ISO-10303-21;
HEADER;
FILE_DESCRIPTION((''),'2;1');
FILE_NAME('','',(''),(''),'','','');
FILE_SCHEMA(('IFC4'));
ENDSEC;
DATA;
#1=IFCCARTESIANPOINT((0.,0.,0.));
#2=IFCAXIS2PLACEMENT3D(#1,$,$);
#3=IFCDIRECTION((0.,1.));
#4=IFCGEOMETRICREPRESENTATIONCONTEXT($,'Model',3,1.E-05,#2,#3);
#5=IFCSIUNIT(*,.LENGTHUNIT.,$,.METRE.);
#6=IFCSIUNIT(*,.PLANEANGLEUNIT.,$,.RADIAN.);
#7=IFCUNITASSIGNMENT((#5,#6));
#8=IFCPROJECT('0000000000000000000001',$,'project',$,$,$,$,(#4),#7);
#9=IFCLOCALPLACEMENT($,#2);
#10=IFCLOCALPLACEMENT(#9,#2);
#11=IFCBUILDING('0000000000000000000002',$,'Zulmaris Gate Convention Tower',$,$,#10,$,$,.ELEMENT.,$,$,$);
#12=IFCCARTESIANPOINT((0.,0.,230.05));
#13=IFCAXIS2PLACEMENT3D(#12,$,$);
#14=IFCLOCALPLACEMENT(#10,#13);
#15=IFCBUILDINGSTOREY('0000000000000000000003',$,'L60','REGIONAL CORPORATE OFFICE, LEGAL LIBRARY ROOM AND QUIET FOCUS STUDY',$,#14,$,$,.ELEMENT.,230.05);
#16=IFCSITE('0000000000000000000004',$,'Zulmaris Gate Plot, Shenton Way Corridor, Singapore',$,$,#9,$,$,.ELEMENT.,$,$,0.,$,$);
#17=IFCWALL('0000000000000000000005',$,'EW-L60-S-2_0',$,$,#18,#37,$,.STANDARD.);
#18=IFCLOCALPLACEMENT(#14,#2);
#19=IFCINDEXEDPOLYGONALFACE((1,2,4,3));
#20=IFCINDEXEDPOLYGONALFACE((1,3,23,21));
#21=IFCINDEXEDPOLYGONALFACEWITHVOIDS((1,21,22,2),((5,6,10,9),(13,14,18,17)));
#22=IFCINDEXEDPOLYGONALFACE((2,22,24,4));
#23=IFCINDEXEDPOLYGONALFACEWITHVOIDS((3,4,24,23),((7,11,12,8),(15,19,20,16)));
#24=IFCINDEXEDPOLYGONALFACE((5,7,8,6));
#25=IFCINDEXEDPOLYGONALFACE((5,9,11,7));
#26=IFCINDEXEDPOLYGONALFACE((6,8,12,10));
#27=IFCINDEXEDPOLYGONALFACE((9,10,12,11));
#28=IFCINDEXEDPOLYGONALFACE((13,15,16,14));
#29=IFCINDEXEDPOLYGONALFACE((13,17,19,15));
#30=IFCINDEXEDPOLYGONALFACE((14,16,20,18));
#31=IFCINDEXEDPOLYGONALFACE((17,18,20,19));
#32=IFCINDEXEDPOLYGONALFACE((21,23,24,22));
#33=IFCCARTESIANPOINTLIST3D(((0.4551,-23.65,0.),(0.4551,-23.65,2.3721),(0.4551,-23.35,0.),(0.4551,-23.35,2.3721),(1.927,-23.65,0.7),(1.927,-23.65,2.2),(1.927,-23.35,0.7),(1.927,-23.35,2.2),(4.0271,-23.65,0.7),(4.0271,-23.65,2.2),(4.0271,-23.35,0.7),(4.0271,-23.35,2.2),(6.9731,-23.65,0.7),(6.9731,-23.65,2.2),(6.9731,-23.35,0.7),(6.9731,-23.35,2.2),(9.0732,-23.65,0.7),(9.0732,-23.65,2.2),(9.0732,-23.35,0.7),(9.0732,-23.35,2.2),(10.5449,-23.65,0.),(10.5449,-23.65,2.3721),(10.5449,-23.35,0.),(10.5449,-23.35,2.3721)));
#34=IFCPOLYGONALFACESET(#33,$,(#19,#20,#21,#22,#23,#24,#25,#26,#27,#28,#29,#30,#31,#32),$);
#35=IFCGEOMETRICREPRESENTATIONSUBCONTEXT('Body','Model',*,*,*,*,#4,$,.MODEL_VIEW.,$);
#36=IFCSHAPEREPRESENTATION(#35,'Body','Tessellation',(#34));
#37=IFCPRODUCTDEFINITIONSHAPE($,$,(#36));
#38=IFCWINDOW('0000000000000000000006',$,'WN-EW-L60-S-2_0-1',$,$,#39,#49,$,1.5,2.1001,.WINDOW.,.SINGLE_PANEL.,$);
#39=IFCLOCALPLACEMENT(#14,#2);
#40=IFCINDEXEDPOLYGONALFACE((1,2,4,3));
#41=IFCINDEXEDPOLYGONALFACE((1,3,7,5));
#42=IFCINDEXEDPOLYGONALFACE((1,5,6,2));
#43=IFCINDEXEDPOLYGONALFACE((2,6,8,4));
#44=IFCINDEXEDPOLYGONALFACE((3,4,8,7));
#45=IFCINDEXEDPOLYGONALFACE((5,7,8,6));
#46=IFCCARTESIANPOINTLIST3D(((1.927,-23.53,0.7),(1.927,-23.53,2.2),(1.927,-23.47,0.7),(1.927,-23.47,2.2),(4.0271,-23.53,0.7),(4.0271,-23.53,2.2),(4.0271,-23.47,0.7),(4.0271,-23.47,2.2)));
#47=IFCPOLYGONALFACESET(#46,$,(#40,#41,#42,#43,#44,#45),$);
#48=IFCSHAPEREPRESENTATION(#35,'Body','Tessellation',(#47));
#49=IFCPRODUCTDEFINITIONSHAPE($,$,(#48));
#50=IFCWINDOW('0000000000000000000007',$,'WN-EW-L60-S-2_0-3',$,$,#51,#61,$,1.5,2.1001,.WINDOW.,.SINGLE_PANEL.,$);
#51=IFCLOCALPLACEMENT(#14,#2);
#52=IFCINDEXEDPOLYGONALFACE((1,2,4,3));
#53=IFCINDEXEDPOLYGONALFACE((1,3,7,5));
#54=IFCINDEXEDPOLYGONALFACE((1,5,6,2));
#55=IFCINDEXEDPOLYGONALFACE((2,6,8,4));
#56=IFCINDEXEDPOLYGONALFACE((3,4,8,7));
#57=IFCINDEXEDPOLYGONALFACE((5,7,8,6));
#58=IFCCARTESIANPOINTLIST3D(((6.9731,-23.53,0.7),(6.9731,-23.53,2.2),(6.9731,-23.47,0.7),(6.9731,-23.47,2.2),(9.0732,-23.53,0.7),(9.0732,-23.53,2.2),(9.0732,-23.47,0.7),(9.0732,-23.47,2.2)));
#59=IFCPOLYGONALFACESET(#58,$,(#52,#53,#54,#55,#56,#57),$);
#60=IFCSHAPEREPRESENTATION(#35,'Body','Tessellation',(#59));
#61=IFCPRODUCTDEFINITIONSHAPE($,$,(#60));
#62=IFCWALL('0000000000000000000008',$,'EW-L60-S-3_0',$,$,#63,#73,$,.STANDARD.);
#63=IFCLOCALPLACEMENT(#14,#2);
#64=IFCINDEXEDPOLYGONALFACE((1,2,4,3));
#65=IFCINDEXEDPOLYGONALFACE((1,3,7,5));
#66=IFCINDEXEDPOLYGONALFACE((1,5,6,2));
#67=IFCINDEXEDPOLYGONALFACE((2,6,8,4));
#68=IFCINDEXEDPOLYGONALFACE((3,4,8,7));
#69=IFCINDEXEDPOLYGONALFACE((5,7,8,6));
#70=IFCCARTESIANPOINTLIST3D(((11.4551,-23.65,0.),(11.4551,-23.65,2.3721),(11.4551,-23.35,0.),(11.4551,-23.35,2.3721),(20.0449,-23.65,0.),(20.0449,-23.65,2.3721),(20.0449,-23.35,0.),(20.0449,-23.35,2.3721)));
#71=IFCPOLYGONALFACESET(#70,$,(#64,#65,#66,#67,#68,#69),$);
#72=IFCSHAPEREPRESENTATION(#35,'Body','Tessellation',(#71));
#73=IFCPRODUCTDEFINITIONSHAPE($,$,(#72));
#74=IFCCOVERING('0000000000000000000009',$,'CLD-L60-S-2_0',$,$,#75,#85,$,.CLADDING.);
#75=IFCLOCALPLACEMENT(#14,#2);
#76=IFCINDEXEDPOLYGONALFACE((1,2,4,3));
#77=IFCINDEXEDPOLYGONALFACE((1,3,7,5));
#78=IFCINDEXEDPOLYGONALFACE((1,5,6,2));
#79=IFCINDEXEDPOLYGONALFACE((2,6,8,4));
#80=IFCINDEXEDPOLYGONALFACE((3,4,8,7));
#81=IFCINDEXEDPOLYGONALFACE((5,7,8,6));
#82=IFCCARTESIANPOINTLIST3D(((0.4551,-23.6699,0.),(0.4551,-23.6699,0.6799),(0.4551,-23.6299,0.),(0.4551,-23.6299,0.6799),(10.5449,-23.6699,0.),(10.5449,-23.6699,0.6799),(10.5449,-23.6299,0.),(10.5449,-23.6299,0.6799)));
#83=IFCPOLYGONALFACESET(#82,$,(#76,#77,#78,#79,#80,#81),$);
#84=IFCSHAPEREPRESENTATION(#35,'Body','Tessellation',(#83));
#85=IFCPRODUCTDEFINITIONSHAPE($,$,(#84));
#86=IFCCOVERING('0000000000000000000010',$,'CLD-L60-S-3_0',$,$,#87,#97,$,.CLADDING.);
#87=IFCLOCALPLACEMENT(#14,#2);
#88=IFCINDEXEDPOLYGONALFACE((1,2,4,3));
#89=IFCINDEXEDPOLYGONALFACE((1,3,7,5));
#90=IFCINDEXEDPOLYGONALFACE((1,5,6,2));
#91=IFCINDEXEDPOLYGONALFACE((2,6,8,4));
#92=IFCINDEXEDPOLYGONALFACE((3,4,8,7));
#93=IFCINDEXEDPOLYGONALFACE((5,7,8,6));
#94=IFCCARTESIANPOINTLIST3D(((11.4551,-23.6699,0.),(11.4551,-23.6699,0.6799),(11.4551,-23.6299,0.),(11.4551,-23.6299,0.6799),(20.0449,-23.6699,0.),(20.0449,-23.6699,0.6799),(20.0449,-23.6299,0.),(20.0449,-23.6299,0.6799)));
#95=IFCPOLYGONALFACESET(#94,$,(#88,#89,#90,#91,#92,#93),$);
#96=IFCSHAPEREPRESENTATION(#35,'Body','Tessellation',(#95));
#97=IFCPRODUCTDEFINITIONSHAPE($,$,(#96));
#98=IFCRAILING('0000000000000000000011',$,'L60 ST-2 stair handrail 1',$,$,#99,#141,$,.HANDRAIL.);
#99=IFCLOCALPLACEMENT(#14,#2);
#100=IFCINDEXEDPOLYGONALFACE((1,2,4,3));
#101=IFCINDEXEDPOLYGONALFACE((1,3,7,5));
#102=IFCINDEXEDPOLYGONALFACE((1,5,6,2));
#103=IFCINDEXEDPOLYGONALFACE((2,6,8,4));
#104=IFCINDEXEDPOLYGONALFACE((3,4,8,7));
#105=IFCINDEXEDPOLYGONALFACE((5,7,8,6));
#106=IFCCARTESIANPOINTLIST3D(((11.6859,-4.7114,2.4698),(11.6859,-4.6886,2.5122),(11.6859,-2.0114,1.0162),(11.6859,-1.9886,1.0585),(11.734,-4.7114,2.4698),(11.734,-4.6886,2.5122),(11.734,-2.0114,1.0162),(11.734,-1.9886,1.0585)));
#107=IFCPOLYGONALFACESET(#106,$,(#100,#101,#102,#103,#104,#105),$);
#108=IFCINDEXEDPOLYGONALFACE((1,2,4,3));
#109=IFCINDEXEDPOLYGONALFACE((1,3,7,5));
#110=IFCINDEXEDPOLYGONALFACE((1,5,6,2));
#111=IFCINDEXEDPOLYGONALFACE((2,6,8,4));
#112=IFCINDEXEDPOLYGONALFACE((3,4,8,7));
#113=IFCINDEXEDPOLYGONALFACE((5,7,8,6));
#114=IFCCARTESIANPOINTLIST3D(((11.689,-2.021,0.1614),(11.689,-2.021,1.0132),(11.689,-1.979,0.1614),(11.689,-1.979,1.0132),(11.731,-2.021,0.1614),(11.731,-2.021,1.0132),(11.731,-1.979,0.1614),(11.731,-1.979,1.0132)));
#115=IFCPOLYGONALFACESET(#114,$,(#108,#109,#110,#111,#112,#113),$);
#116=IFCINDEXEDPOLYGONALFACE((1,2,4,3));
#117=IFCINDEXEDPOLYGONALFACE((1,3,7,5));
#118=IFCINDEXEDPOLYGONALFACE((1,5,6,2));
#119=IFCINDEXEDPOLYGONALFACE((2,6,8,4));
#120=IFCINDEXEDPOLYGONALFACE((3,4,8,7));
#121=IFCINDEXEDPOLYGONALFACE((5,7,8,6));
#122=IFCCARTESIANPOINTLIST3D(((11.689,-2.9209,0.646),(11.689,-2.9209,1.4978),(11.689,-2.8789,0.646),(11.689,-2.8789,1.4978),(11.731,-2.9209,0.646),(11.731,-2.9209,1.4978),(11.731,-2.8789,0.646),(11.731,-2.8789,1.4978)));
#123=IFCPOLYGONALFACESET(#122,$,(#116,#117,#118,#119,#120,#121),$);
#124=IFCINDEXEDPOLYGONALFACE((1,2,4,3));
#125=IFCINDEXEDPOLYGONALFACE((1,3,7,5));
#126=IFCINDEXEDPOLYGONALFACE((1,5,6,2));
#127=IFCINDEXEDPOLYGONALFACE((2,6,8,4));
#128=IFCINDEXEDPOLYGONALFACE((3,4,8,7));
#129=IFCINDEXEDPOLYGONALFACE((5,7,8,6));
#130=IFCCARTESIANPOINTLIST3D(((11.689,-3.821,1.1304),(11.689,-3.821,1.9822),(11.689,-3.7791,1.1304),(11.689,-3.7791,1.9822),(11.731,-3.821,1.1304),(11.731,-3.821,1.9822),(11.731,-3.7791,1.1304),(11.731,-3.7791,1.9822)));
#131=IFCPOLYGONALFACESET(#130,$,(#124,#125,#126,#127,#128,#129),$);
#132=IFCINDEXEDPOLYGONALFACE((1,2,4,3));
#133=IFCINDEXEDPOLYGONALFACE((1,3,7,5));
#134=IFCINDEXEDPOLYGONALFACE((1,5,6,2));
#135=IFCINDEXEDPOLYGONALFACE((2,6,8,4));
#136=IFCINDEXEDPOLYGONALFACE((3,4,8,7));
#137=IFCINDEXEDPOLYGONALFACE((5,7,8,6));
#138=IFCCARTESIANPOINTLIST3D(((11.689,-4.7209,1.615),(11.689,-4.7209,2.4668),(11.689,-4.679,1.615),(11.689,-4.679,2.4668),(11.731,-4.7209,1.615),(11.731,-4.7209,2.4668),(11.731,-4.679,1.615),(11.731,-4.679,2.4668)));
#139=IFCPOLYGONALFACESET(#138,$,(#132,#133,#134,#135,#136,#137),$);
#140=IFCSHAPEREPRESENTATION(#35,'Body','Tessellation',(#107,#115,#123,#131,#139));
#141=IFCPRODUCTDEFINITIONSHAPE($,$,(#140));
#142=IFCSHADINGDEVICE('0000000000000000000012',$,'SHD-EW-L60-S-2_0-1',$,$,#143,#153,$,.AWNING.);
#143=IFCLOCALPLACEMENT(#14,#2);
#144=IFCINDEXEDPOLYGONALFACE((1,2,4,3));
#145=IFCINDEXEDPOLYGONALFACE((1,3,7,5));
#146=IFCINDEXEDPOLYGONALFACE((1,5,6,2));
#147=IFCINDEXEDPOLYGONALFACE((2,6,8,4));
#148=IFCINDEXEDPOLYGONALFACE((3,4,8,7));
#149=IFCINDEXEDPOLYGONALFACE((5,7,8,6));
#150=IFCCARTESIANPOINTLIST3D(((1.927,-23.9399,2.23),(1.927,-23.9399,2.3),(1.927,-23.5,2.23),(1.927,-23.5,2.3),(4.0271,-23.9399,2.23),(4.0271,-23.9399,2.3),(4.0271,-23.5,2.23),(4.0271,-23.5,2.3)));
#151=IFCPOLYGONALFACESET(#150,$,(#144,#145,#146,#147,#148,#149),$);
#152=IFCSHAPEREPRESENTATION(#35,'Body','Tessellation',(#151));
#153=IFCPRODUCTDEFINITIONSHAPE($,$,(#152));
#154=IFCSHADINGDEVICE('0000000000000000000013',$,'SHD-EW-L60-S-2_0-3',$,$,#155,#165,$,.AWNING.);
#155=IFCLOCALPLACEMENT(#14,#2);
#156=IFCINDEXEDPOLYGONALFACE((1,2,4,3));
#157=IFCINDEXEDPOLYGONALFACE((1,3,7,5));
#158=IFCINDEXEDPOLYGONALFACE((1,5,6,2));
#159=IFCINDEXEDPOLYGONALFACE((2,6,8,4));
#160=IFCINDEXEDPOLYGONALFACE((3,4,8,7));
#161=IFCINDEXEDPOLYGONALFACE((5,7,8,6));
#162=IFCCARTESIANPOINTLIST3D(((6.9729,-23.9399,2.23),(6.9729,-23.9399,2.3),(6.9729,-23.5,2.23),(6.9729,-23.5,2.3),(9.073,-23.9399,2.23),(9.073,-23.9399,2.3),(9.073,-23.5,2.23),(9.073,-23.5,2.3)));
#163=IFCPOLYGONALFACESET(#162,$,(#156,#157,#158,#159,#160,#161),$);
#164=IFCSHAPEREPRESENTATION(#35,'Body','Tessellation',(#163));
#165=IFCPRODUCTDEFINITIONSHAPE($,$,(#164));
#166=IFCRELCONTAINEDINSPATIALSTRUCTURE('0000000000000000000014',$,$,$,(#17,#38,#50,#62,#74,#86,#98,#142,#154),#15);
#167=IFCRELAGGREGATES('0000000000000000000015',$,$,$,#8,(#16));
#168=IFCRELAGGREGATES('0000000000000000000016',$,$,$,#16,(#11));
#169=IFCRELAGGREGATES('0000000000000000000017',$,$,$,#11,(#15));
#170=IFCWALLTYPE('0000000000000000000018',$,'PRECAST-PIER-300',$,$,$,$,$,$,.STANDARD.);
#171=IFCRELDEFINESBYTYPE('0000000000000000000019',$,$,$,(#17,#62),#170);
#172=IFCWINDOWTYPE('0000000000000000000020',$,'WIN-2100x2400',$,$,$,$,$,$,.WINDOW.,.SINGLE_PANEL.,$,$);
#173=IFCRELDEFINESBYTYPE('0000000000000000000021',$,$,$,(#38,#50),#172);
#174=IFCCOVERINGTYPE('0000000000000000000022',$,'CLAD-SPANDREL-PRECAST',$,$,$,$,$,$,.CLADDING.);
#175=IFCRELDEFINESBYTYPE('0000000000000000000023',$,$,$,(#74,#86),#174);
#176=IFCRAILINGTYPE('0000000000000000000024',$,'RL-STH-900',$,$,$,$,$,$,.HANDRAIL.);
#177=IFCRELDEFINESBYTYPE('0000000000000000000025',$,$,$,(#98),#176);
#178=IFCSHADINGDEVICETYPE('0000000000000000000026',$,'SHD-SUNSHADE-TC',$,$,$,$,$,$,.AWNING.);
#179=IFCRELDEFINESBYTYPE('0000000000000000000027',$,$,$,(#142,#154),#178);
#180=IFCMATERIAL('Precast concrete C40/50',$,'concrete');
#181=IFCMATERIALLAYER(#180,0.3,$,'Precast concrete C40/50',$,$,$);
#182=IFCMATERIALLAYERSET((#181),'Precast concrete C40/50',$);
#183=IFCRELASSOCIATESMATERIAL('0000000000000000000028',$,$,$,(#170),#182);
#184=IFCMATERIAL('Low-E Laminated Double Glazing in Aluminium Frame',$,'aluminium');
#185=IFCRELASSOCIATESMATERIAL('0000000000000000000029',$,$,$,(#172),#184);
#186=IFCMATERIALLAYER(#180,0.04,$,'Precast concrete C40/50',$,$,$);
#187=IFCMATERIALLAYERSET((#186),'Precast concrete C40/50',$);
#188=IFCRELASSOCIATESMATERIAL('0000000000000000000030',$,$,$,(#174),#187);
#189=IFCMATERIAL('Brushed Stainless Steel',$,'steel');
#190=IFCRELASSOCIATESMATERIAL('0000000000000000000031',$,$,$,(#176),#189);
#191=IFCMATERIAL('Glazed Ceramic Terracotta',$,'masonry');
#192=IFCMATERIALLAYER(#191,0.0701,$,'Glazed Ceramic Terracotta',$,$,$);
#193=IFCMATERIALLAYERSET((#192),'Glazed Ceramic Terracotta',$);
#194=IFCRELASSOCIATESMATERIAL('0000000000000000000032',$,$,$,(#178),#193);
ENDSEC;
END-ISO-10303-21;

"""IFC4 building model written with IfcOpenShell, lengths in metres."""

from ifc_helpers import new_model, si_unit, direction, frame, frame_2d, origin, origin_2d, place, context, subcontext, project, spatial, rectangle, extrude, material, layer, layer_set, type_object, element, fill, save


model = new_model("IFC4")

# Units and contexts
model_context = context("Model", 3, precision=1e-05, world=origin(), true_north=direction((0.0, 1.0)))
body_context = subcontext(model_context, "Body", "Model", "MODEL_VIEW")
ifc_project = project(units=[si_unit("LENGTHUNIT", "METRE"), si_unit("PLANEANGLEUNIT", "RADIAN")], contexts=[model_context])

# Site, building, storey
site_placement = place(None, origin())
site = spatial("IfcSite", under=ifc_project, at=site_placement, Name="Zulmaris Gate Plot, Shenton Way Corridor, Singapore", CompositionType="ELEMENT", RefElevation=0.0)
building_placement = place(site_placement, origin())
building = spatial("IfcBuilding", under=site, at=building_placement, Name="Zulmaris Gate Convention Tower", CompositionType="ELEMENT")
storey_placement = place(building_placement, frame((0.0, 0.0, 230.05)))
storey = spatial("IfcBuildingStorey", under=building, at=storey_placement, Name="L60", Description="REGIONAL CORPORATE OFFICE, LEGAL LIBRARY ROOM AND QUIET FOCUS STUDY", CompositionType="ELEMENT", Elevation=230.05)

# Wall, openings, windows
ifc_material_1 = material(Name="Precast concrete C40/50", Category="concrete")
ifc_layer_1 = layer(ifc_material_1, 0.3, Name="Precast concrete C40/50")
ifc_layer_set_1 = layer_set([ifc_layer_1], Name="Precast concrete C40/50")
wall_type_1 = type_object("IfcWallType", Name="PRECAST-PIER-300", PredefinedType="STANDARD", material=ifc_layer_set_1)
wall_1_placement = place(storey_placement, frame((0.4551, -23.5, 0.0), z_axis=(0.0, 0.0, 1.0), x_axis=(1.0, 0.0, 0.0)))
wall_1 = element("IfcWall", 1, at=wall_1_placement, inside=storey, type_object=wall_type_1, Name="EW-L60-S-2_0", PredefinedType="STANDARD", context=body_context, shape_type="SweptSolid", body=[
    extrude(rectangle(XDim=10.0898, YDim=0.3, at=frame_2d((5.0449, 0.0))), origin(), (0.0, 0.0, 1.0), 2.3721),
])
opening_1_placement = place(wall_1_placement, frame((1.4719, 0.0, 0.7)))
opening_1 = element("IfcOpeningElement", 2, at=opening_1_placement, cuts=wall_1, PredefinedType="OPENING", context=body_context, shape_type="SweptSolid", body=[
    extrude(rectangle(XDim=2.1001, YDim=1.5, at=frame_2d((1.05, 0.75))), frame((0.0, 0.1602, 0.0), z_axis=(0.0, -1.0, 0.0), x_axis=(1.0, 0.0, 0.0)), (0.0, 0.0, 1.0), 0.3201),
])
opening_2_placement = place(wall_1_placement, frame((6.5181, 0.0, 0.7)))
opening_2 = element("IfcOpeningElement", 3, at=opening_2_placement, cuts=wall_1, PredefinedType="OPENING", context=body_context, shape_type="SweptSolid", body=[
    extrude(rectangle(XDim=2.1001, YDim=1.5, at=frame_2d((1.05, 0.75))), frame((0.0, 0.1602, 0.0), z_axis=(0.0, -1.0, 0.0), x_axis=(1.0, 0.0, 0.0)), (0.0, 0.0, 1.0), 0.3201),
])
ifc_material_2 = material(Name="Low-E Laminated Double Glazing in Aluminium Frame", Category="aluminium")
window_type = type_object("IfcWindowType", Name="WIN-2100x2400", PartitioningType="SINGLE_PANEL", PredefinedType="WINDOW", material=ifc_material_2)
window_1_placement = place(opening_1_placement, origin())
window_1 = element("IfcWindow", 4, at=window_1_placement, inside=storey, type_object=window_type, Name="WN-EW-L60-S-2_0-1", OverallHeight=1.5, OverallWidth=2.1001, PartitioningType="SINGLE_PANEL", PredefinedType="WINDOW", context=body_context, shape_type="SweptSolid", body=[
    extrude(rectangle(XDim=2.1001, YDim=1.5, at=frame_2d((1.05, 0.75))), frame((0.0, 0.03, 0.0), z_axis=(0.0, -1.0, 0.0), x_axis=(1.0, 0.0, 0.0)), (0.0, 0.0, 1.0), 0.0601),
])
fill(opening_1, window_1)
window_2_placement = place(opening_2_placement, origin())
window_2 = element("IfcWindow", 5, at=window_2_placement, inside=storey, type_object=window_type, Name="WN-EW-L60-S-2_0-3", OverallHeight=1.5, OverallWidth=2.1001, PartitioningType="SINGLE_PANEL", PredefinedType="WINDOW", context=body_context, shape_type="SweptSolid", body=[
    extrude(rectangle(XDim=2.1001, YDim=1.5, at=frame_2d((1.05, 0.75))), frame((0.0, 0.03, 0.0), z_axis=(0.0, -1.0, 0.0), x_axis=(1.0, 0.0, 0.0)), (0.0, 0.0, 1.0), 0.0601),
])
fill(opening_2, window_2)

# Wall
wall_2_placement = place(storey_placement, frame((11.4551, -23.5, 0.0), z_axis=(0.0, 0.0, 1.0), x_axis=(1.0, 0.0, 0.0)))
element("IfcWall", 6, at=wall_2_placement, inside=storey, type_object=wall_type_1, Name="EW-L60-S-3_0", PredefinedType="STANDARD", context=body_context, shape_type="SweptSolid", body=[
    extrude(rectangle(XDim=8.5898, YDim=0.3, at=frame_2d((4.2949, 0.0))), origin(), (0.0, 0.0, 1.0), 2.3721),
])

# Coverings
ifc_layer_2 = layer(ifc_material_1, 0.04, Name="Precast concrete C40/50")
ifc_layer_set_2 = layer_set([ifc_layer_2], Name="Precast concrete C40/50")
covering_type = type_object("IfcCoveringType", Name="CLAD-SPANDREL-PRECAST", PredefinedType="CLADDING", material=ifc_layer_set_2)
covering_1_placement = place(storey_placement, frame((0.4551, -23.6499, 0.0), z_axis=(0.0, 0.0, 1.0), x_axis=(1.0, 0.0, 0.0)))
element("IfcCovering", 7, at=covering_1_placement, inside=storey, type_object=covering_type, Name="CLD-L60-S-2_0", PredefinedType="CLADDING", context=body_context, shape_type="SweptSolid", body=[
    extrude(rectangle(XDim=10.0898, YDim=0.04, at=frame_2d((5.0449, 0.0))), origin(), (0.0, 0.0, 1.0), 0.6799),
])
covering_2_placement = place(storey_placement, frame((11.4551, -23.6499, 0.0), z_axis=(0.0, 0.0, 1.0), x_axis=(1.0, 0.0, 0.0)))
element("IfcCovering", 8, at=covering_2_placement, inside=storey, type_object=covering_type, Name="CLD-L60-S-3_0", PredefinedType="CLADDING", context=body_context, shape_type="SweptSolid", body=[
    extrude(rectangle(XDim=8.5898, YDim=0.04, at=frame_2d((4.2949, 0.0))), origin(), (0.0, 0.0, 1.0), 0.6799),
])

# Railing
ifc_material_3 = material(Name="Brushed Stainless Steel", Category="steel")
railing_type = type_object("IfcRailingType", Name="RL-STH-900", PredefinedType="HANDRAIL", material=ifc_material_3)
railing_placement = place(storey_placement, frame((11.71, -2.0, 0.1614)))
element("IfcRailing", 9, at=railing_placement, inside=storey, type_object=railing_type, Name="L60 ST-2 stair handrail 1", PredefinedType="HANDRAIL", context=body_context, shape_type="SweptSolid", body=[
    extrude(rectangle(XDim=0.0481, YDim=0.0481, at=origin_2d()), frame((0.0, 0.0, 0.876), z_axis=(0.0, -0.880499, 0.474048), x_axis=(1.0, 0.0, 0.0)), (0.0, 0.0, 1.0), 3.0664),
    extrude(rectangle(XDim=0.042, YDim=0.042, at=origin_2d()), origin(), (0.0, 0.0, 1.0), 0.8518),
    extrude(rectangle(XDim=0.042, YDim=0.042, at=origin_2d()), frame((0.0, -0.8999, 0.4846)), (0.0, 0.0, 1.0), 0.8518),
    extrude(rectangle(XDim=0.042, YDim=0.042, at=origin_2d()), frame((0.0, -1.8, 0.969)), (0.0, 0.0, 1.0), 0.8518),
    extrude(rectangle(XDim=0.042, YDim=0.042, at=origin_2d()), frame((0.0, -2.7, 1.4536)), (0.0, 0.0, 1.0), 0.8518),
])

# Shading devices
ifc_material_4 = material(Name="Glazed Ceramic Terracotta", Category="masonry")
ifc_layer_3 = layer(ifc_material_4, 0.0701, Name="Glazed Ceramic Terracotta")
ifc_layer_set_3 = layer_set([ifc_layer_3], Name="Glazed Ceramic Terracotta")
shading_device_type = type_object("IfcShadingDeviceType", Name="SHD-SUNSHADE-TC", PredefinedType="AWNING", material=ifc_layer_set_3)
for number, where, z_axis, x_axis, name in (
    (10, (1.927, -23.72, 2.23), (0.0, 0.0, 1.0), (1.0, 0.0, 0.0), "SHD-EW-L60-S-2_0-1"),
    (11, (6.9729, -23.72, 2.23), (0.0, 0.0, 1.0), (1.0, 0.0, 0.0), "SHD-EW-L60-S-2_0-3"),
):
    element("IfcShadingDevice", number, at=place(storey_placement, frame(where, z_axis=z_axis, x_axis=x_axis)), inside=storey, type_object=shading_device_type, Name=name, PredefinedType="AWNING", context=body_context, shape_type="SweptSolid", body=[
        extrude(rectangle(XDim=2.1001, YDim=0.4399, at=frame_2d((1.05, 0.0))), origin(), (0.0, 0.0, 1.0), 0.0701),
    ])

save(model, "model.ifc")
